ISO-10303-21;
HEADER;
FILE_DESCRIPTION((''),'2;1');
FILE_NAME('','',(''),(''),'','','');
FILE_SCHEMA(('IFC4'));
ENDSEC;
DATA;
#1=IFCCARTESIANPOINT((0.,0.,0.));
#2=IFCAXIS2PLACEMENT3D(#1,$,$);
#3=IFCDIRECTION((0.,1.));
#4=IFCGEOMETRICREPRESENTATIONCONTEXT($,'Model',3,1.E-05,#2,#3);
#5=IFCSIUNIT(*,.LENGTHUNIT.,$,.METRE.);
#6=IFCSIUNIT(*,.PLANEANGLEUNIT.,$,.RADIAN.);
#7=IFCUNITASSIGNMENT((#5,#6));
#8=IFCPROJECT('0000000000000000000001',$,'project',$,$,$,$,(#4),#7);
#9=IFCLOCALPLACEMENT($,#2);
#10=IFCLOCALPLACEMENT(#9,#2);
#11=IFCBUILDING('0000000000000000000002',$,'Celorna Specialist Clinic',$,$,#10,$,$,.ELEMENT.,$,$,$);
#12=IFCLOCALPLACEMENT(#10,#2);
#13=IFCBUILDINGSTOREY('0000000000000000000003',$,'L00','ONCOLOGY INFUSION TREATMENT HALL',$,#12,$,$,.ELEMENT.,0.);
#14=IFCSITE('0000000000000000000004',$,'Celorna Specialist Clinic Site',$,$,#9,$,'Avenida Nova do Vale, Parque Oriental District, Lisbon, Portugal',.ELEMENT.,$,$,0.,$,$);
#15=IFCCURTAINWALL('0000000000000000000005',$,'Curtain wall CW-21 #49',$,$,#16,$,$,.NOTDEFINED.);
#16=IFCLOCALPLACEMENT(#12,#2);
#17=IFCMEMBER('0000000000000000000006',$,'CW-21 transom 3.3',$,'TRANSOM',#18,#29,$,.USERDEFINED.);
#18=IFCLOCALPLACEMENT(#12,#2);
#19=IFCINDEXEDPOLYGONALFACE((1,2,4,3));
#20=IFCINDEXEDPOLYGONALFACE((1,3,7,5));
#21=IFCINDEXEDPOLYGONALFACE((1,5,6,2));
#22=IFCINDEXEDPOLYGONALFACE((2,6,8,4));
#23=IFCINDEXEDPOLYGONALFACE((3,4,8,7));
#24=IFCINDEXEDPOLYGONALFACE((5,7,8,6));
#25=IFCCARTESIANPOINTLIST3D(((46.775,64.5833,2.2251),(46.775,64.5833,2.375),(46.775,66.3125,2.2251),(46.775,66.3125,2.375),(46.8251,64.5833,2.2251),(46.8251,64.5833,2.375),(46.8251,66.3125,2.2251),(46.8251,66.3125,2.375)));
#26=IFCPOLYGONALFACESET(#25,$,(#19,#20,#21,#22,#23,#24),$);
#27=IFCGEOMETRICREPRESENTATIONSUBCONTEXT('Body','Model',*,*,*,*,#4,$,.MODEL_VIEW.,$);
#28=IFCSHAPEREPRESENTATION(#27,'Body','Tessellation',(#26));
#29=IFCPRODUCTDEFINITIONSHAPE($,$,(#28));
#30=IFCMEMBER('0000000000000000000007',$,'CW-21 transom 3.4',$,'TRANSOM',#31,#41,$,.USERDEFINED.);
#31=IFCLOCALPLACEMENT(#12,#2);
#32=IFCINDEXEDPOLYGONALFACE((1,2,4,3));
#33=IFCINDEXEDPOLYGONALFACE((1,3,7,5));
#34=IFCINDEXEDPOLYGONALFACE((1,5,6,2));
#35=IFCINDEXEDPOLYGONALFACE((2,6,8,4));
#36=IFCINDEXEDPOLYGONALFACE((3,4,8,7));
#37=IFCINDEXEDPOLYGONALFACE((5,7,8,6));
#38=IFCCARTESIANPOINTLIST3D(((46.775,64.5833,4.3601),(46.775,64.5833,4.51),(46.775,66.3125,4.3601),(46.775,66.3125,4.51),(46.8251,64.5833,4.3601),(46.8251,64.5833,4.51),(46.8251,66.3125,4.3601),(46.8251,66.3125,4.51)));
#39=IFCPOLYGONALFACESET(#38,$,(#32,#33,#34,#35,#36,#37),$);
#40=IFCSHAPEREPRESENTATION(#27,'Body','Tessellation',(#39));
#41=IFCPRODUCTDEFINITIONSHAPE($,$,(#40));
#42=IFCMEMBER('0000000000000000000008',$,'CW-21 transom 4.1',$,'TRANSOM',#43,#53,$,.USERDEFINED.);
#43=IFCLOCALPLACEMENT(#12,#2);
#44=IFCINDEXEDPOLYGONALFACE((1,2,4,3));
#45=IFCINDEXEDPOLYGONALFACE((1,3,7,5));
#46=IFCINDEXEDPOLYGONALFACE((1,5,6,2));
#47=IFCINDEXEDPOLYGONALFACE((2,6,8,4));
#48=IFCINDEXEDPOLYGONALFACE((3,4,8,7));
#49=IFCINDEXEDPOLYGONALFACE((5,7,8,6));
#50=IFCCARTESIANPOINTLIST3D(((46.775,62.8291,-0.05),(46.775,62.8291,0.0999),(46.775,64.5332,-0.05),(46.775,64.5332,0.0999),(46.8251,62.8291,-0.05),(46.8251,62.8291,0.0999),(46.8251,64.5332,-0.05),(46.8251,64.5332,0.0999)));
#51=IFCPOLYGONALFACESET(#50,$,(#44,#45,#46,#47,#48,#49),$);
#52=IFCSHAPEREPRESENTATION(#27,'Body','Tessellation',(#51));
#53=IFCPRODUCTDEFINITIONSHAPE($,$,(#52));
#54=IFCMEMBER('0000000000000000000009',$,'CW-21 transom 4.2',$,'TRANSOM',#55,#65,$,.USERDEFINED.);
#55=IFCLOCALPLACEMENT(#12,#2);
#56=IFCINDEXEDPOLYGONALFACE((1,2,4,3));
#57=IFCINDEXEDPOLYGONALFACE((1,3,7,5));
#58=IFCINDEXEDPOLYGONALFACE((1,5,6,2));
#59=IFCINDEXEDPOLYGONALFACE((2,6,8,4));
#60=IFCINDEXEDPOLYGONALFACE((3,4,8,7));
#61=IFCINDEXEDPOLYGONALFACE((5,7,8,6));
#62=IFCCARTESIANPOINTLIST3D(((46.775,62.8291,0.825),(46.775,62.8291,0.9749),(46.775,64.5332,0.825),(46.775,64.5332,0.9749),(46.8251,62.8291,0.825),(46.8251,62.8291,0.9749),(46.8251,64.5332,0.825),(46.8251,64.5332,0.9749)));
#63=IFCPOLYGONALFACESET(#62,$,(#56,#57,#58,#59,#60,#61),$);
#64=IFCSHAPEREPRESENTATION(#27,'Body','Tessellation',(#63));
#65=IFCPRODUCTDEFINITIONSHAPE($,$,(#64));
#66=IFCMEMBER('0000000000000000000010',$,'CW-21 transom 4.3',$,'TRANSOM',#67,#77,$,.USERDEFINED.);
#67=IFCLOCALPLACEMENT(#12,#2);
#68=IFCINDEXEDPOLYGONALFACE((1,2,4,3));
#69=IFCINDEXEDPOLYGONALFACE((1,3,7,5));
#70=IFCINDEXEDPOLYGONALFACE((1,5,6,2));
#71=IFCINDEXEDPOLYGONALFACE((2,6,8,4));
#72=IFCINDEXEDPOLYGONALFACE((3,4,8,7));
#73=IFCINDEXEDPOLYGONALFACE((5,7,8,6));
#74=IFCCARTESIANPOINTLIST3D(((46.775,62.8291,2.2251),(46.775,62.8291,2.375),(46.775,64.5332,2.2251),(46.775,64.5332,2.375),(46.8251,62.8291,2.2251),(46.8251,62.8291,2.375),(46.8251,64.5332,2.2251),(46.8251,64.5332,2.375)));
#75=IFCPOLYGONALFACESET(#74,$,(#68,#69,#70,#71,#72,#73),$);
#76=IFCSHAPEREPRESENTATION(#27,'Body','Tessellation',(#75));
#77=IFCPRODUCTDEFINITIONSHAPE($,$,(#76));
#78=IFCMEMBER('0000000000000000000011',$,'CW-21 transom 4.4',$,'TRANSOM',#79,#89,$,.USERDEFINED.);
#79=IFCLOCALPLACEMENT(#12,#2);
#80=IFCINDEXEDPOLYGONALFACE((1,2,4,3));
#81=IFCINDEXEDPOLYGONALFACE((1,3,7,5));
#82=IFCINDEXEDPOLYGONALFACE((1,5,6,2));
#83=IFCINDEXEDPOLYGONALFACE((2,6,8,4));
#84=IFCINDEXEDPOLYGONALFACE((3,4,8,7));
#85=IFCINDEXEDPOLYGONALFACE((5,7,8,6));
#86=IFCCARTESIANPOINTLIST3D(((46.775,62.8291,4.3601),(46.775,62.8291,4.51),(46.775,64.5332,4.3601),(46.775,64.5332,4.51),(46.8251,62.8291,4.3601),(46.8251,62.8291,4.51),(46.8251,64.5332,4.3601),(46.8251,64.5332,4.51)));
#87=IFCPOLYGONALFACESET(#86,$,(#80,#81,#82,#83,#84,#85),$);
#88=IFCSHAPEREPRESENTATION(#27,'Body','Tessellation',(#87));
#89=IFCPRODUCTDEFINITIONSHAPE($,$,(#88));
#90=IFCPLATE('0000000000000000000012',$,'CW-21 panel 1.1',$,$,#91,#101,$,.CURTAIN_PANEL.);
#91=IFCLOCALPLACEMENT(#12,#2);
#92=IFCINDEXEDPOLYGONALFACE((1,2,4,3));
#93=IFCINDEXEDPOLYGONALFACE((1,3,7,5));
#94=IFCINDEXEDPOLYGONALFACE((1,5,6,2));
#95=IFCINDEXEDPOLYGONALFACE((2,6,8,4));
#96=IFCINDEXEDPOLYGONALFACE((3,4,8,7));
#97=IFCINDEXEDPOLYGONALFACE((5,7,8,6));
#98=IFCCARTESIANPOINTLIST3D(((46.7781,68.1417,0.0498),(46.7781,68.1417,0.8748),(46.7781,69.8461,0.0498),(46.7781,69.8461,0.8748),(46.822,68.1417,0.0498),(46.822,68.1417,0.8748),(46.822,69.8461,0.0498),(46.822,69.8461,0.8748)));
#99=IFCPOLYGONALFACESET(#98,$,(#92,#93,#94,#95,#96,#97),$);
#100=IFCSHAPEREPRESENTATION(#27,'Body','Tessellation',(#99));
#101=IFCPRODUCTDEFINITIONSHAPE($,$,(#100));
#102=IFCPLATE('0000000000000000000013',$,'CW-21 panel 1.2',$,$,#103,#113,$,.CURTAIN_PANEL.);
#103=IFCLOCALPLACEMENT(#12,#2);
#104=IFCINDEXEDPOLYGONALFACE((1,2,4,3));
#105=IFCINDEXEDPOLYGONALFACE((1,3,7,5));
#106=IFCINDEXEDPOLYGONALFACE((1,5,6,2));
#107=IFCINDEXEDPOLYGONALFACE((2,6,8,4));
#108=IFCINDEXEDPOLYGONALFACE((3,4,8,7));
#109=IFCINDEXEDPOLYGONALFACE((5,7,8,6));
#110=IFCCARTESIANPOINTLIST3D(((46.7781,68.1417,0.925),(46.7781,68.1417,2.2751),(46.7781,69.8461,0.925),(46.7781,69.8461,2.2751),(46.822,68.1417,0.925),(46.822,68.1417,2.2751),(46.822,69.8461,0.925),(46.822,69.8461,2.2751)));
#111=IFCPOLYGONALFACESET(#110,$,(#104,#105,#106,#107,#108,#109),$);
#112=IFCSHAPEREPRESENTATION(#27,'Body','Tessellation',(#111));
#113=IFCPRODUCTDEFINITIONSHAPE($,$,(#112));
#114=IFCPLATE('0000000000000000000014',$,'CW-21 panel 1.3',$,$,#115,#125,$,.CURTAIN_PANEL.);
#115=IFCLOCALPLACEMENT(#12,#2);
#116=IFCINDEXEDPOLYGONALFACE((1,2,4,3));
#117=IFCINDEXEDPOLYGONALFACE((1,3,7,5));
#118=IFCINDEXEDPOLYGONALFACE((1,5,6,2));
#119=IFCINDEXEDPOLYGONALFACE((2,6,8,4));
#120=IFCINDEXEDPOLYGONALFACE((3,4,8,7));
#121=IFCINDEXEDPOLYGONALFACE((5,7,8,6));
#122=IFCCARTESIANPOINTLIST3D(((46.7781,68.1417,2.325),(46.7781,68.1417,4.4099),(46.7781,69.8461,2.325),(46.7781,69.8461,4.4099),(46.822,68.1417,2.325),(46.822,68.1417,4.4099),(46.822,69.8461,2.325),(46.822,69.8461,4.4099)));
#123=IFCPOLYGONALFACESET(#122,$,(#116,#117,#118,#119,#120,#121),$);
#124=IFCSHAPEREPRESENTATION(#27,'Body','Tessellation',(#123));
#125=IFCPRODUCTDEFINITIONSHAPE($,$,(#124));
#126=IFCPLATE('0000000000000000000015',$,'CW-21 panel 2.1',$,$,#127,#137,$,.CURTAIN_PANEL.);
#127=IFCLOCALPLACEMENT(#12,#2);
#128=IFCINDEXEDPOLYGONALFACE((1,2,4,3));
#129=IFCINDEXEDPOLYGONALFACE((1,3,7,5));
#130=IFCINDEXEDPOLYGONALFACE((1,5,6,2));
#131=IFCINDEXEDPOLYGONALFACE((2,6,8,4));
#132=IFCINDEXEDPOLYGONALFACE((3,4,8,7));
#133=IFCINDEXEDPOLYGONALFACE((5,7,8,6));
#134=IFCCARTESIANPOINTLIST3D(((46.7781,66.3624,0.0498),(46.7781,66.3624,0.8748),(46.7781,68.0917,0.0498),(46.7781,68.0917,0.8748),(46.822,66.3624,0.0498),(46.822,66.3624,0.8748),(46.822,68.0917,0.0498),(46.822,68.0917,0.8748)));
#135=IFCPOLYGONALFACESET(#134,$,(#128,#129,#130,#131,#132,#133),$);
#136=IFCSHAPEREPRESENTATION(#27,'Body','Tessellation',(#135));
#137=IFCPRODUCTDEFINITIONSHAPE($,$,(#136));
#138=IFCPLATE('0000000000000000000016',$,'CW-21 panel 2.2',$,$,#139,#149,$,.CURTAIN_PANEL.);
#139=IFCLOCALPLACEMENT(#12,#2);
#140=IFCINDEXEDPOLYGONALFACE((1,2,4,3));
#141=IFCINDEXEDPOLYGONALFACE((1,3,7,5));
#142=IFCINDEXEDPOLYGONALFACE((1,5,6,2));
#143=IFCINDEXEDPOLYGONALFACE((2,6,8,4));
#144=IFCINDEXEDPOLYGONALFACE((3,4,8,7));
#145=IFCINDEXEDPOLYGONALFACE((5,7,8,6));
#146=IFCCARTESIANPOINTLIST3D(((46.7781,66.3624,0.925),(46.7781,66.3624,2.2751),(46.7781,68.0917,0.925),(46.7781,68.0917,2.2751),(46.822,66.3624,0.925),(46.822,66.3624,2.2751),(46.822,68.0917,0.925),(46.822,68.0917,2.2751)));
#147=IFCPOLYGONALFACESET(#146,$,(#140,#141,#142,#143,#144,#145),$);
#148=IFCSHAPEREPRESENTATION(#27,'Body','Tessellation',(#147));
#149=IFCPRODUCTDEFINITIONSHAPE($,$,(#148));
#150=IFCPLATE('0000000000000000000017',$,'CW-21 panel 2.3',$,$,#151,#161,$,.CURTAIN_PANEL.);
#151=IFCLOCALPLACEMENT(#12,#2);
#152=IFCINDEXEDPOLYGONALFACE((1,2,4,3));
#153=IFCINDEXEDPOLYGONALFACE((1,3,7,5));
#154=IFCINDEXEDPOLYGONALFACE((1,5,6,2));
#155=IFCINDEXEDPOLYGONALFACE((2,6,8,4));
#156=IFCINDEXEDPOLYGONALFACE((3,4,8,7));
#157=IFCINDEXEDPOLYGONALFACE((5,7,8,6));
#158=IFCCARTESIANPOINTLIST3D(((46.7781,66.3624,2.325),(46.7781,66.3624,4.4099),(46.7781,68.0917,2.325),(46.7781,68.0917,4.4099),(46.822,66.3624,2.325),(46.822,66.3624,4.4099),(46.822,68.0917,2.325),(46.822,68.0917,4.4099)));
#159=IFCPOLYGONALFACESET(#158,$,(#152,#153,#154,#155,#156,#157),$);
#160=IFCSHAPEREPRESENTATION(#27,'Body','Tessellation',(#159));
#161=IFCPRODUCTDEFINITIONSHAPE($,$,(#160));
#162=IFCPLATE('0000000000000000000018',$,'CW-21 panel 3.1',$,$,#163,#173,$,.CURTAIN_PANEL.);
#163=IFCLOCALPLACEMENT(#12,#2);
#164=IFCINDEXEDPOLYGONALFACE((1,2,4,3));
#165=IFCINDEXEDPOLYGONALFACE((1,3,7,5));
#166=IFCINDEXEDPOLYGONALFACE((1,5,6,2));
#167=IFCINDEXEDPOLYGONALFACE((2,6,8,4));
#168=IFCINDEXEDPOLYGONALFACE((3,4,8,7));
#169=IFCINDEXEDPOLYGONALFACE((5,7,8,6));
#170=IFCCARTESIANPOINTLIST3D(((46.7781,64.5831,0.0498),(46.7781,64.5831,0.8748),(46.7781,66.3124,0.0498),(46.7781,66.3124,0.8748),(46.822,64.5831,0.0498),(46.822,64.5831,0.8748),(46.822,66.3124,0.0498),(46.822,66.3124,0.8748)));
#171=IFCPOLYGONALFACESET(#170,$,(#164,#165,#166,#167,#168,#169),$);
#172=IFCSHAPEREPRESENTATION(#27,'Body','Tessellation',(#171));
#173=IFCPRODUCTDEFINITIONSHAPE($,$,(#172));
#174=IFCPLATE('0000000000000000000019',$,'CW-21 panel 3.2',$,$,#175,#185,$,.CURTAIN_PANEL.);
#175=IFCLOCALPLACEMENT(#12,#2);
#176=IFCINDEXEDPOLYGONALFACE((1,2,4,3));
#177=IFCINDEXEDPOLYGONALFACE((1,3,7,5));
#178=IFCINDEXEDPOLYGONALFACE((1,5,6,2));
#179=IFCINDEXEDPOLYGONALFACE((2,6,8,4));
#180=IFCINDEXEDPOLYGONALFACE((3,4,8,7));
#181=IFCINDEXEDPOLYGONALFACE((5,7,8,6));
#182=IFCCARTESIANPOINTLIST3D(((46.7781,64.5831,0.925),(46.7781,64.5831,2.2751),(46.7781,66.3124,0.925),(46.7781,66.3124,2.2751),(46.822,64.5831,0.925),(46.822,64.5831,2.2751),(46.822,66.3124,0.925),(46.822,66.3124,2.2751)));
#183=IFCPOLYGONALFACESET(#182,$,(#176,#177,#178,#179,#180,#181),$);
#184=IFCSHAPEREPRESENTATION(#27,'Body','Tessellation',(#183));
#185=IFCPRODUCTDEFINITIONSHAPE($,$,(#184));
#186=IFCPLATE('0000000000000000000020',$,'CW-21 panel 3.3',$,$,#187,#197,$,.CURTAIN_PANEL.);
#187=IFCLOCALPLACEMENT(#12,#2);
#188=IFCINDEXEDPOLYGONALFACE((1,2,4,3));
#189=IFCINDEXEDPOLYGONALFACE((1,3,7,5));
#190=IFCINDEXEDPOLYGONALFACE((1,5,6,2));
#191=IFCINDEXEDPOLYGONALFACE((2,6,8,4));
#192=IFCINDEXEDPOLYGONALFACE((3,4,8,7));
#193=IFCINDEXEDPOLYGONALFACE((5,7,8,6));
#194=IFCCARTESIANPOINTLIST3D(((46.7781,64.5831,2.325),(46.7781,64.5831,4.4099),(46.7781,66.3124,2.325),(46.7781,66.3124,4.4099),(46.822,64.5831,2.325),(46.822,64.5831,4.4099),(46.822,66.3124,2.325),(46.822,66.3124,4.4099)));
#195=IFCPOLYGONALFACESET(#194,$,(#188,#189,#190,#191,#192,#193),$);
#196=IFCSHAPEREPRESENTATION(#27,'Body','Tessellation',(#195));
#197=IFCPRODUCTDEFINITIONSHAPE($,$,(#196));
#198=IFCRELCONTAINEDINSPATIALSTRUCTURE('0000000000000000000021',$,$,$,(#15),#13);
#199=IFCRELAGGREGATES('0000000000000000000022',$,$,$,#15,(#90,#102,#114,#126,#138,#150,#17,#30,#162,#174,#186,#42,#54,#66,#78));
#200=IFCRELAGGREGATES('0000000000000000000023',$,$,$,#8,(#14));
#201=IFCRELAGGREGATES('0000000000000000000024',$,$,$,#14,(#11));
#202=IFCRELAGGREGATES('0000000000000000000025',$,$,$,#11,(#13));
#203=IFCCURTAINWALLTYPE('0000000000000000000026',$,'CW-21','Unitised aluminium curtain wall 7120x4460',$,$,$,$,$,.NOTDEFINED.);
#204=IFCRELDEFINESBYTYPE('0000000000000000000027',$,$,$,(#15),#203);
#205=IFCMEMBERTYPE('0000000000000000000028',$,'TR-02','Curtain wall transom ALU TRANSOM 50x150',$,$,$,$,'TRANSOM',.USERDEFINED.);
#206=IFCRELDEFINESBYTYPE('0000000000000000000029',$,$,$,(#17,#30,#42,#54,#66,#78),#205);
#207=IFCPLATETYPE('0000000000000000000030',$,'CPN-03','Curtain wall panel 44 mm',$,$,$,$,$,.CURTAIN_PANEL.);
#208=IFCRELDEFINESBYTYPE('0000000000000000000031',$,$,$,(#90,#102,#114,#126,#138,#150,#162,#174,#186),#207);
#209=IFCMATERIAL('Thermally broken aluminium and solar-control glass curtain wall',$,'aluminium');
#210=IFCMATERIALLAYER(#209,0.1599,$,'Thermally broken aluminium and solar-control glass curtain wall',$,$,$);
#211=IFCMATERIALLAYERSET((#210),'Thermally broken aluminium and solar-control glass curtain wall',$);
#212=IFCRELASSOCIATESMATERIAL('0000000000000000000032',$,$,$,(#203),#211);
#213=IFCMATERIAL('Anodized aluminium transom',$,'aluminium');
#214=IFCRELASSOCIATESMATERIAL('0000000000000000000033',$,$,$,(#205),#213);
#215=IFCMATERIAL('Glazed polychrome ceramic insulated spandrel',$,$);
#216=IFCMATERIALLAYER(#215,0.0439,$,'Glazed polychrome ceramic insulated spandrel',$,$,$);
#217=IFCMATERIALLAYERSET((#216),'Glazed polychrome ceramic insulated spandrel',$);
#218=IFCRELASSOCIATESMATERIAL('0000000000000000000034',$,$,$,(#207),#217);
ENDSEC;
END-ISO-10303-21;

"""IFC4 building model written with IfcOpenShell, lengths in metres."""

from ifc_helpers import new_model, si_unit, direction, frame, origin, origin_2d, place, context, subcontext, project, spatial, rectangle, extrude, material, layer, layer_set, material_profile, profile_set, type_object, element, aggregate, save


model = new_model("IFC4")

# Units and contexts
model_context = context("Model", 3, precision=1e-05, world=origin(), true_north=direction((0.0, 1.0)))
body_context = subcontext(model_context, "Body", "Model", "MODEL_VIEW")
ifc_project = project(units=[si_unit("LENGTHUNIT", "METRE"), si_unit("PLANEANGLEUNIT", "RADIAN")], contexts=[model_context])

# Site, building, storey
site_placement = place(None, origin())
site = spatial("IfcSite", under=ifc_project, at=site_placement, Name="Celorna Specialist Clinic Site", LongName="Avenida Nova do Vale, Parque Oriental District, Lisbon, Portugal", CompositionType="ELEMENT", RefElevation=0.0)
building_placement = place(site_placement, origin())
building = spatial("IfcBuilding", under=site, at=building_placement, Name="Celorna Specialist Clinic", CompositionType="ELEMENT")
storey_placement = place(building_placement, origin())
storey = spatial("IfcBuildingStorey", under=building, at=storey_placement, Name="L00", Description="ONCOLOGY INFUSION TREATMENT HALL", CompositionType="ELEMENT", Elevation=0.0)

# Curtain wall, members, plates
ifc_material_1 = material(Name="Thermally broken aluminium and solar-control glass curtain wall", Category="aluminium")
ifc_layer_1 = layer(ifc_material_1, 0.1599, Name="Thermally broken aluminium and solar-control glass curtain wall")
ifc_layer_set_1 = layer_set([ifc_layer_1], Name="Thermally broken aluminium and solar-control glass curtain wall")
curtain_wall_type = type_object("IfcCurtainWallType", Name="CW-21", Description="Unitised aluminium curtain wall 7120x4460", PredefinedType="NOTDEFINED", material=ifc_layer_set_1)
curtain_wall_placement = place(storey_placement, origin())
curtain_wall = element("IfcCurtainWall", 1, at=curtain_wall_placement, inside=storey, type_object=curtain_wall_type, Name="Curtain wall CW-21 #49", PredefinedType="NOTDEFINED")
ifc_material_2 = material(Name="Anodized aluminium transom", Category="aluminium")
ifc_material_profile_1 = material_profile(ifc_material_2, rectangle(XDim=0.05, YDim=0.1499, at=origin_2d()), Name="ALU TRANSOM 50x150")
ifc_profile_set_1 = profile_set([ifc_material_profile_1], Name="Anodized aluminium transom")
member_type_1 = type_object("IfcMemberType", Name="TR-02", Description="Curtain wall transom ALU TRANSOM 50x150", ElementType="TRANSOM", PredefinedType="USERDEFINED", material=ifc_profile_set_1)
member_1_placement = place(storey_placement, frame((46.8, 66.3125, 2.3), z_axis=(0.0, -1.0, 0.0), x_axis=(1.0, 0.0, 0.0)))
member_1 = element("IfcMember", 2, at=member_1_placement, type_object=member_type_1, Name="CW-21 transom 3.3", ObjectType="TRANSOM", PredefinedType="USERDEFINED", context=body_context, shape_type="SweptSolid", body=[
    extrude(rectangle(XDim=0.05, YDim=0.1499, at=origin_2d()), origin(), (0.0, 0.0, 1.0), 1.7292),
])
member_2_placement = place(storey_placement, frame((46.8, 66.3125, 4.4351), z_axis=(0.0, -1.0, 0.0), x_axis=(1.0, 0.0, 0.0)))
member_2 = element("IfcMember", 3, at=member_2_placement, type_object=member_type_1, Name="CW-21 transom 3.4", ObjectType="TRANSOM", PredefinedType="USERDEFINED", context=body_context, shape_type="SweptSolid", body=[
    extrude(rectangle(XDim=0.05, YDim=0.1499, at=origin_2d()), origin(), (0.0, 0.0, 1.0), 1.7292),
])
member_3_placement = place(storey_placement, frame((46.8, 64.5332, 0.0249), z_axis=(0.0, -1.0, 0.0), x_axis=(1.0, 0.0, 0.0)))
member_3 = element("IfcMember", 4, at=member_3_placement, type_object=member_type_1, Name="CW-21 transom 4.1", ObjectType="TRANSOM", PredefinedType="USERDEFINED", context=body_context, shape_type="SweptSolid", body=[
    extrude(rectangle(XDim=0.05, YDim=0.1499, at=origin_2d()), origin(), (0.0, 0.0, 1.0), 1.7041),
])
member_4_placement = place(storey_placement, frame((46.8, 64.5332, 0.8999), z_axis=(0.0, -1.0, 0.0), x_axis=(1.0, 0.0, 0.0)))
member_4 = element("IfcMember", 5, at=member_4_placement, type_object=member_type_1, Name="CW-21 transom 4.2", ObjectType="TRANSOM", PredefinedType="USERDEFINED", context=body_context, shape_type="SweptSolid", body=[
    extrude(rectangle(XDim=0.05, YDim=0.1499, at=origin_2d()), origin(), (0.0, 0.0, 1.0), 1.7041),
])
member_5_placement = place(storey_placement, frame((46.8, 64.5332, 2.3), z_axis=(0.0, -1.0, 0.0), x_axis=(1.0, 0.0, 0.0)))
member_5 = element("IfcMember", 6, at=member_5_placement, type_object=member_type_1, Name="CW-21 transom 4.3", ObjectType="TRANSOM", PredefinedType="USERDEFINED", context=body_context, shape_type="SweptSolid", body=[
    extrude(rectangle(XDim=0.05, YDim=0.1499, at=origin_2d()), origin(), (0.0, 0.0, 1.0), 1.7041),
])
member_6_placement = place(storey_placement, frame((46.8, 64.5332, 4.4351), z_axis=(0.0, -1.0, 0.0), x_axis=(1.0, 0.0, 0.0)))
member_6 = element("IfcMember", 7, at=member_6_placement, type_object=member_type_1, Name="CW-21 transom 4.4", ObjectType="TRANSOM", PredefinedType="USERDEFINED", context=body_context, shape_type="SweptSolid", body=[
    extrude(rectangle(XDim=0.05, YDim=0.1499, at=origin_2d()), origin(), (0.0, 0.0, 1.0), 1.7041),
])
ifc_material_3 = material(Name="Glazed polychrome ceramic insulated spandrel")
ifc_layer_2 = layer(ifc_material_3, 0.0439, Name="Glazed polychrome ceramic insulated spandrel")
ifc_layer_set_2 = layer_set([ifc_layer_2], Name="Glazed polychrome ceramic insulated spandrel")
plate_type = type_object("IfcPlateType", Name="CPN-03", Description="Curtain wall panel 44 mm", PredefinedType="CURTAIN_PANEL", material=ifc_layer_set_2)
plate_1_placement = place(storey_placement, frame((46.8, 68.9939, 0.0498), z_axis=(0.0, 0.0, 1.0), x_axis=(0.0, -1.0, 0.0)))
plate_1 = element("IfcPlate", 8, at=plate_1_placement, type_object=plate_type, Name="CW-21 panel 1.1", PredefinedType="CURTAIN_PANEL", context=body_context, shape_type="SweptSolid", body=[
    extrude(rectangle(XDim=1.7043, YDim=0.0439, at=origin_2d()), origin(), (0.0, 0.0, 1.0), 0.825),
])
plate_2_placement = place(storey_placement, frame((46.8, 68.9939, 0.925), z_axis=(0.0, 0.0, 1.0), x_axis=(0.0, -1.0, 0.0)))
plate_2 = element("IfcPlate", 9, at=plate_2_placement, type_object=plate_type, Name="CW-21 panel 1.2", PredefinedType="CURTAIN_PANEL", context=body_context, shape_type="SweptSolid", body=[
    extrude(rectangle(XDim=1.7043, YDim=0.0439, at=origin_2d()), origin(), (0.0, 0.0, 1.0), 1.3501),
])
plate_3_placement = place(storey_placement, frame((46.8, 68.9939, 2.325), z_axis=(0.0, 0.0, 1.0), x_axis=(0.0, -1.0, 0.0)))
plate_3 = element("IfcPlate", 10, at=plate_3_placement, type_object=plate_type, Name="CW-21 panel 1.3", PredefinedType="CURTAIN_PANEL", context=body_context, shape_type="SweptSolid", body=[
    extrude(rectangle(XDim=1.7043, YDim=0.0439, at=origin_2d()), origin(), (0.0, 0.0, 1.0), 2.085),
])
plate_4_placement = place(storey_placement, frame((46.8, 67.2271, 0.0498), z_axis=(0.0, 0.0, 1.0), x_axis=(0.0, -1.0, 0.0)))
plate_4 = element("IfcPlate", 11, at=plate_4_placement, type_object=plate_type, Name="CW-21 panel 2.1", PredefinedType="CURTAIN_PANEL", context=body_context, shape_type="SweptSolid", body=[
    extrude(rectangle(XDim=1.7292, YDim=0.0439, at=origin_2d()), origin(), (0.0, 0.0, 1.0), 0.825),
])
plate_5_placement = place(storey_placement, frame((46.8, 67.2271, 0.925), z_axis=(0.0, 0.0, 1.0), x_axis=(0.0, -1.0, 0.0)))
plate_5 = element("IfcPlate", 12, at=plate_5_placement, type_object=plate_type, Name="CW-21 panel 2.2", PredefinedType="CURTAIN_PANEL", context=body_context, shape_type="SweptSolid", body=[
    extrude(rectangle(XDim=1.7292, YDim=0.0439, at=origin_2d()), origin(), (0.0, 0.0, 1.0), 1.3501),
])
plate_6_placement = place(storey_placement, frame((46.8, 67.2271, 2.325), z_axis=(0.0, 0.0, 1.0), x_axis=(0.0, -1.0, 0.0)))
plate_6 = element("IfcPlate", 13, at=plate_6_placement, type_object=plate_type, Name="CW-21 panel 2.3", PredefinedType="CURTAIN_PANEL", context=body_context, shape_type="SweptSolid", body=[
    extrude(rectangle(XDim=1.7292, YDim=0.0439, at=origin_2d()), origin(), (0.0, 0.0, 1.0), 2.085),
])
plate_7_placement = place(storey_placement, frame((46.8, 65.4478, 0.0498), z_axis=(0.0, 0.0, 1.0), x_axis=(0.0, -1.0, 0.0)))
plate_7 = element("IfcPlate", 14, at=plate_7_placement, type_object=plate_type, Name="CW-21 panel 3.1", PredefinedType="CURTAIN_PANEL", context=body_context, shape_type="SweptSolid", body=[
    extrude(rectangle(XDim=1.7292, YDim=0.0439, at=origin_2d()), origin(), (0.0, 0.0, 1.0), 0.825),
])
plate_8_placement = place(storey_placement, frame((46.8, 65.4478, 0.925), z_axis=(0.0, 0.0, 1.0), x_axis=(0.0, -1.0, 0.0)))
plate_8 = element("IfcPlate", 15, at=plate_8_placement, type_object=plate_type, Name="CW-21 panel 3.2", PredefinedType="CURTAIN_PANEL", context=body_context, shape_type="SweptSolid", body=[
    extrude(rectangle(XDim=1.7292, YDim=0.0439, at=origin_2d()), origin(), (0.0, 0.0, 1.0), 1.3501),
])
plate_9_placement = place(storey_placement, frame((46.8, 65.4478, 2.325), z_axis=(0.0, 0.0, 1.0), x_axis=(0.0, -1.0, 0.0)))
plate_9 = element("IfcPlate", 16, at=plate_9_placement, type_object=plate_type, Name="CW-21 panel 3.3", PredefinedType="CURTAIN_PANEL", context=body_context, shape_type="SweptSolid", body=[
    extrude(rectangle(XDim=1.7292, YDim=0.0439, at=origin_2d()), origin(), (0.0, 0.0, 1.0), 2.085),
])
aggregate(curtain_wall, [plate_1, plate_2, plate_3, plate_4, plate_5, plate_6, member_1, member_2, plate_7, plate_8, plate_9, member_3, member_4, member_5, member_6])

save(model, "model.ifc")
